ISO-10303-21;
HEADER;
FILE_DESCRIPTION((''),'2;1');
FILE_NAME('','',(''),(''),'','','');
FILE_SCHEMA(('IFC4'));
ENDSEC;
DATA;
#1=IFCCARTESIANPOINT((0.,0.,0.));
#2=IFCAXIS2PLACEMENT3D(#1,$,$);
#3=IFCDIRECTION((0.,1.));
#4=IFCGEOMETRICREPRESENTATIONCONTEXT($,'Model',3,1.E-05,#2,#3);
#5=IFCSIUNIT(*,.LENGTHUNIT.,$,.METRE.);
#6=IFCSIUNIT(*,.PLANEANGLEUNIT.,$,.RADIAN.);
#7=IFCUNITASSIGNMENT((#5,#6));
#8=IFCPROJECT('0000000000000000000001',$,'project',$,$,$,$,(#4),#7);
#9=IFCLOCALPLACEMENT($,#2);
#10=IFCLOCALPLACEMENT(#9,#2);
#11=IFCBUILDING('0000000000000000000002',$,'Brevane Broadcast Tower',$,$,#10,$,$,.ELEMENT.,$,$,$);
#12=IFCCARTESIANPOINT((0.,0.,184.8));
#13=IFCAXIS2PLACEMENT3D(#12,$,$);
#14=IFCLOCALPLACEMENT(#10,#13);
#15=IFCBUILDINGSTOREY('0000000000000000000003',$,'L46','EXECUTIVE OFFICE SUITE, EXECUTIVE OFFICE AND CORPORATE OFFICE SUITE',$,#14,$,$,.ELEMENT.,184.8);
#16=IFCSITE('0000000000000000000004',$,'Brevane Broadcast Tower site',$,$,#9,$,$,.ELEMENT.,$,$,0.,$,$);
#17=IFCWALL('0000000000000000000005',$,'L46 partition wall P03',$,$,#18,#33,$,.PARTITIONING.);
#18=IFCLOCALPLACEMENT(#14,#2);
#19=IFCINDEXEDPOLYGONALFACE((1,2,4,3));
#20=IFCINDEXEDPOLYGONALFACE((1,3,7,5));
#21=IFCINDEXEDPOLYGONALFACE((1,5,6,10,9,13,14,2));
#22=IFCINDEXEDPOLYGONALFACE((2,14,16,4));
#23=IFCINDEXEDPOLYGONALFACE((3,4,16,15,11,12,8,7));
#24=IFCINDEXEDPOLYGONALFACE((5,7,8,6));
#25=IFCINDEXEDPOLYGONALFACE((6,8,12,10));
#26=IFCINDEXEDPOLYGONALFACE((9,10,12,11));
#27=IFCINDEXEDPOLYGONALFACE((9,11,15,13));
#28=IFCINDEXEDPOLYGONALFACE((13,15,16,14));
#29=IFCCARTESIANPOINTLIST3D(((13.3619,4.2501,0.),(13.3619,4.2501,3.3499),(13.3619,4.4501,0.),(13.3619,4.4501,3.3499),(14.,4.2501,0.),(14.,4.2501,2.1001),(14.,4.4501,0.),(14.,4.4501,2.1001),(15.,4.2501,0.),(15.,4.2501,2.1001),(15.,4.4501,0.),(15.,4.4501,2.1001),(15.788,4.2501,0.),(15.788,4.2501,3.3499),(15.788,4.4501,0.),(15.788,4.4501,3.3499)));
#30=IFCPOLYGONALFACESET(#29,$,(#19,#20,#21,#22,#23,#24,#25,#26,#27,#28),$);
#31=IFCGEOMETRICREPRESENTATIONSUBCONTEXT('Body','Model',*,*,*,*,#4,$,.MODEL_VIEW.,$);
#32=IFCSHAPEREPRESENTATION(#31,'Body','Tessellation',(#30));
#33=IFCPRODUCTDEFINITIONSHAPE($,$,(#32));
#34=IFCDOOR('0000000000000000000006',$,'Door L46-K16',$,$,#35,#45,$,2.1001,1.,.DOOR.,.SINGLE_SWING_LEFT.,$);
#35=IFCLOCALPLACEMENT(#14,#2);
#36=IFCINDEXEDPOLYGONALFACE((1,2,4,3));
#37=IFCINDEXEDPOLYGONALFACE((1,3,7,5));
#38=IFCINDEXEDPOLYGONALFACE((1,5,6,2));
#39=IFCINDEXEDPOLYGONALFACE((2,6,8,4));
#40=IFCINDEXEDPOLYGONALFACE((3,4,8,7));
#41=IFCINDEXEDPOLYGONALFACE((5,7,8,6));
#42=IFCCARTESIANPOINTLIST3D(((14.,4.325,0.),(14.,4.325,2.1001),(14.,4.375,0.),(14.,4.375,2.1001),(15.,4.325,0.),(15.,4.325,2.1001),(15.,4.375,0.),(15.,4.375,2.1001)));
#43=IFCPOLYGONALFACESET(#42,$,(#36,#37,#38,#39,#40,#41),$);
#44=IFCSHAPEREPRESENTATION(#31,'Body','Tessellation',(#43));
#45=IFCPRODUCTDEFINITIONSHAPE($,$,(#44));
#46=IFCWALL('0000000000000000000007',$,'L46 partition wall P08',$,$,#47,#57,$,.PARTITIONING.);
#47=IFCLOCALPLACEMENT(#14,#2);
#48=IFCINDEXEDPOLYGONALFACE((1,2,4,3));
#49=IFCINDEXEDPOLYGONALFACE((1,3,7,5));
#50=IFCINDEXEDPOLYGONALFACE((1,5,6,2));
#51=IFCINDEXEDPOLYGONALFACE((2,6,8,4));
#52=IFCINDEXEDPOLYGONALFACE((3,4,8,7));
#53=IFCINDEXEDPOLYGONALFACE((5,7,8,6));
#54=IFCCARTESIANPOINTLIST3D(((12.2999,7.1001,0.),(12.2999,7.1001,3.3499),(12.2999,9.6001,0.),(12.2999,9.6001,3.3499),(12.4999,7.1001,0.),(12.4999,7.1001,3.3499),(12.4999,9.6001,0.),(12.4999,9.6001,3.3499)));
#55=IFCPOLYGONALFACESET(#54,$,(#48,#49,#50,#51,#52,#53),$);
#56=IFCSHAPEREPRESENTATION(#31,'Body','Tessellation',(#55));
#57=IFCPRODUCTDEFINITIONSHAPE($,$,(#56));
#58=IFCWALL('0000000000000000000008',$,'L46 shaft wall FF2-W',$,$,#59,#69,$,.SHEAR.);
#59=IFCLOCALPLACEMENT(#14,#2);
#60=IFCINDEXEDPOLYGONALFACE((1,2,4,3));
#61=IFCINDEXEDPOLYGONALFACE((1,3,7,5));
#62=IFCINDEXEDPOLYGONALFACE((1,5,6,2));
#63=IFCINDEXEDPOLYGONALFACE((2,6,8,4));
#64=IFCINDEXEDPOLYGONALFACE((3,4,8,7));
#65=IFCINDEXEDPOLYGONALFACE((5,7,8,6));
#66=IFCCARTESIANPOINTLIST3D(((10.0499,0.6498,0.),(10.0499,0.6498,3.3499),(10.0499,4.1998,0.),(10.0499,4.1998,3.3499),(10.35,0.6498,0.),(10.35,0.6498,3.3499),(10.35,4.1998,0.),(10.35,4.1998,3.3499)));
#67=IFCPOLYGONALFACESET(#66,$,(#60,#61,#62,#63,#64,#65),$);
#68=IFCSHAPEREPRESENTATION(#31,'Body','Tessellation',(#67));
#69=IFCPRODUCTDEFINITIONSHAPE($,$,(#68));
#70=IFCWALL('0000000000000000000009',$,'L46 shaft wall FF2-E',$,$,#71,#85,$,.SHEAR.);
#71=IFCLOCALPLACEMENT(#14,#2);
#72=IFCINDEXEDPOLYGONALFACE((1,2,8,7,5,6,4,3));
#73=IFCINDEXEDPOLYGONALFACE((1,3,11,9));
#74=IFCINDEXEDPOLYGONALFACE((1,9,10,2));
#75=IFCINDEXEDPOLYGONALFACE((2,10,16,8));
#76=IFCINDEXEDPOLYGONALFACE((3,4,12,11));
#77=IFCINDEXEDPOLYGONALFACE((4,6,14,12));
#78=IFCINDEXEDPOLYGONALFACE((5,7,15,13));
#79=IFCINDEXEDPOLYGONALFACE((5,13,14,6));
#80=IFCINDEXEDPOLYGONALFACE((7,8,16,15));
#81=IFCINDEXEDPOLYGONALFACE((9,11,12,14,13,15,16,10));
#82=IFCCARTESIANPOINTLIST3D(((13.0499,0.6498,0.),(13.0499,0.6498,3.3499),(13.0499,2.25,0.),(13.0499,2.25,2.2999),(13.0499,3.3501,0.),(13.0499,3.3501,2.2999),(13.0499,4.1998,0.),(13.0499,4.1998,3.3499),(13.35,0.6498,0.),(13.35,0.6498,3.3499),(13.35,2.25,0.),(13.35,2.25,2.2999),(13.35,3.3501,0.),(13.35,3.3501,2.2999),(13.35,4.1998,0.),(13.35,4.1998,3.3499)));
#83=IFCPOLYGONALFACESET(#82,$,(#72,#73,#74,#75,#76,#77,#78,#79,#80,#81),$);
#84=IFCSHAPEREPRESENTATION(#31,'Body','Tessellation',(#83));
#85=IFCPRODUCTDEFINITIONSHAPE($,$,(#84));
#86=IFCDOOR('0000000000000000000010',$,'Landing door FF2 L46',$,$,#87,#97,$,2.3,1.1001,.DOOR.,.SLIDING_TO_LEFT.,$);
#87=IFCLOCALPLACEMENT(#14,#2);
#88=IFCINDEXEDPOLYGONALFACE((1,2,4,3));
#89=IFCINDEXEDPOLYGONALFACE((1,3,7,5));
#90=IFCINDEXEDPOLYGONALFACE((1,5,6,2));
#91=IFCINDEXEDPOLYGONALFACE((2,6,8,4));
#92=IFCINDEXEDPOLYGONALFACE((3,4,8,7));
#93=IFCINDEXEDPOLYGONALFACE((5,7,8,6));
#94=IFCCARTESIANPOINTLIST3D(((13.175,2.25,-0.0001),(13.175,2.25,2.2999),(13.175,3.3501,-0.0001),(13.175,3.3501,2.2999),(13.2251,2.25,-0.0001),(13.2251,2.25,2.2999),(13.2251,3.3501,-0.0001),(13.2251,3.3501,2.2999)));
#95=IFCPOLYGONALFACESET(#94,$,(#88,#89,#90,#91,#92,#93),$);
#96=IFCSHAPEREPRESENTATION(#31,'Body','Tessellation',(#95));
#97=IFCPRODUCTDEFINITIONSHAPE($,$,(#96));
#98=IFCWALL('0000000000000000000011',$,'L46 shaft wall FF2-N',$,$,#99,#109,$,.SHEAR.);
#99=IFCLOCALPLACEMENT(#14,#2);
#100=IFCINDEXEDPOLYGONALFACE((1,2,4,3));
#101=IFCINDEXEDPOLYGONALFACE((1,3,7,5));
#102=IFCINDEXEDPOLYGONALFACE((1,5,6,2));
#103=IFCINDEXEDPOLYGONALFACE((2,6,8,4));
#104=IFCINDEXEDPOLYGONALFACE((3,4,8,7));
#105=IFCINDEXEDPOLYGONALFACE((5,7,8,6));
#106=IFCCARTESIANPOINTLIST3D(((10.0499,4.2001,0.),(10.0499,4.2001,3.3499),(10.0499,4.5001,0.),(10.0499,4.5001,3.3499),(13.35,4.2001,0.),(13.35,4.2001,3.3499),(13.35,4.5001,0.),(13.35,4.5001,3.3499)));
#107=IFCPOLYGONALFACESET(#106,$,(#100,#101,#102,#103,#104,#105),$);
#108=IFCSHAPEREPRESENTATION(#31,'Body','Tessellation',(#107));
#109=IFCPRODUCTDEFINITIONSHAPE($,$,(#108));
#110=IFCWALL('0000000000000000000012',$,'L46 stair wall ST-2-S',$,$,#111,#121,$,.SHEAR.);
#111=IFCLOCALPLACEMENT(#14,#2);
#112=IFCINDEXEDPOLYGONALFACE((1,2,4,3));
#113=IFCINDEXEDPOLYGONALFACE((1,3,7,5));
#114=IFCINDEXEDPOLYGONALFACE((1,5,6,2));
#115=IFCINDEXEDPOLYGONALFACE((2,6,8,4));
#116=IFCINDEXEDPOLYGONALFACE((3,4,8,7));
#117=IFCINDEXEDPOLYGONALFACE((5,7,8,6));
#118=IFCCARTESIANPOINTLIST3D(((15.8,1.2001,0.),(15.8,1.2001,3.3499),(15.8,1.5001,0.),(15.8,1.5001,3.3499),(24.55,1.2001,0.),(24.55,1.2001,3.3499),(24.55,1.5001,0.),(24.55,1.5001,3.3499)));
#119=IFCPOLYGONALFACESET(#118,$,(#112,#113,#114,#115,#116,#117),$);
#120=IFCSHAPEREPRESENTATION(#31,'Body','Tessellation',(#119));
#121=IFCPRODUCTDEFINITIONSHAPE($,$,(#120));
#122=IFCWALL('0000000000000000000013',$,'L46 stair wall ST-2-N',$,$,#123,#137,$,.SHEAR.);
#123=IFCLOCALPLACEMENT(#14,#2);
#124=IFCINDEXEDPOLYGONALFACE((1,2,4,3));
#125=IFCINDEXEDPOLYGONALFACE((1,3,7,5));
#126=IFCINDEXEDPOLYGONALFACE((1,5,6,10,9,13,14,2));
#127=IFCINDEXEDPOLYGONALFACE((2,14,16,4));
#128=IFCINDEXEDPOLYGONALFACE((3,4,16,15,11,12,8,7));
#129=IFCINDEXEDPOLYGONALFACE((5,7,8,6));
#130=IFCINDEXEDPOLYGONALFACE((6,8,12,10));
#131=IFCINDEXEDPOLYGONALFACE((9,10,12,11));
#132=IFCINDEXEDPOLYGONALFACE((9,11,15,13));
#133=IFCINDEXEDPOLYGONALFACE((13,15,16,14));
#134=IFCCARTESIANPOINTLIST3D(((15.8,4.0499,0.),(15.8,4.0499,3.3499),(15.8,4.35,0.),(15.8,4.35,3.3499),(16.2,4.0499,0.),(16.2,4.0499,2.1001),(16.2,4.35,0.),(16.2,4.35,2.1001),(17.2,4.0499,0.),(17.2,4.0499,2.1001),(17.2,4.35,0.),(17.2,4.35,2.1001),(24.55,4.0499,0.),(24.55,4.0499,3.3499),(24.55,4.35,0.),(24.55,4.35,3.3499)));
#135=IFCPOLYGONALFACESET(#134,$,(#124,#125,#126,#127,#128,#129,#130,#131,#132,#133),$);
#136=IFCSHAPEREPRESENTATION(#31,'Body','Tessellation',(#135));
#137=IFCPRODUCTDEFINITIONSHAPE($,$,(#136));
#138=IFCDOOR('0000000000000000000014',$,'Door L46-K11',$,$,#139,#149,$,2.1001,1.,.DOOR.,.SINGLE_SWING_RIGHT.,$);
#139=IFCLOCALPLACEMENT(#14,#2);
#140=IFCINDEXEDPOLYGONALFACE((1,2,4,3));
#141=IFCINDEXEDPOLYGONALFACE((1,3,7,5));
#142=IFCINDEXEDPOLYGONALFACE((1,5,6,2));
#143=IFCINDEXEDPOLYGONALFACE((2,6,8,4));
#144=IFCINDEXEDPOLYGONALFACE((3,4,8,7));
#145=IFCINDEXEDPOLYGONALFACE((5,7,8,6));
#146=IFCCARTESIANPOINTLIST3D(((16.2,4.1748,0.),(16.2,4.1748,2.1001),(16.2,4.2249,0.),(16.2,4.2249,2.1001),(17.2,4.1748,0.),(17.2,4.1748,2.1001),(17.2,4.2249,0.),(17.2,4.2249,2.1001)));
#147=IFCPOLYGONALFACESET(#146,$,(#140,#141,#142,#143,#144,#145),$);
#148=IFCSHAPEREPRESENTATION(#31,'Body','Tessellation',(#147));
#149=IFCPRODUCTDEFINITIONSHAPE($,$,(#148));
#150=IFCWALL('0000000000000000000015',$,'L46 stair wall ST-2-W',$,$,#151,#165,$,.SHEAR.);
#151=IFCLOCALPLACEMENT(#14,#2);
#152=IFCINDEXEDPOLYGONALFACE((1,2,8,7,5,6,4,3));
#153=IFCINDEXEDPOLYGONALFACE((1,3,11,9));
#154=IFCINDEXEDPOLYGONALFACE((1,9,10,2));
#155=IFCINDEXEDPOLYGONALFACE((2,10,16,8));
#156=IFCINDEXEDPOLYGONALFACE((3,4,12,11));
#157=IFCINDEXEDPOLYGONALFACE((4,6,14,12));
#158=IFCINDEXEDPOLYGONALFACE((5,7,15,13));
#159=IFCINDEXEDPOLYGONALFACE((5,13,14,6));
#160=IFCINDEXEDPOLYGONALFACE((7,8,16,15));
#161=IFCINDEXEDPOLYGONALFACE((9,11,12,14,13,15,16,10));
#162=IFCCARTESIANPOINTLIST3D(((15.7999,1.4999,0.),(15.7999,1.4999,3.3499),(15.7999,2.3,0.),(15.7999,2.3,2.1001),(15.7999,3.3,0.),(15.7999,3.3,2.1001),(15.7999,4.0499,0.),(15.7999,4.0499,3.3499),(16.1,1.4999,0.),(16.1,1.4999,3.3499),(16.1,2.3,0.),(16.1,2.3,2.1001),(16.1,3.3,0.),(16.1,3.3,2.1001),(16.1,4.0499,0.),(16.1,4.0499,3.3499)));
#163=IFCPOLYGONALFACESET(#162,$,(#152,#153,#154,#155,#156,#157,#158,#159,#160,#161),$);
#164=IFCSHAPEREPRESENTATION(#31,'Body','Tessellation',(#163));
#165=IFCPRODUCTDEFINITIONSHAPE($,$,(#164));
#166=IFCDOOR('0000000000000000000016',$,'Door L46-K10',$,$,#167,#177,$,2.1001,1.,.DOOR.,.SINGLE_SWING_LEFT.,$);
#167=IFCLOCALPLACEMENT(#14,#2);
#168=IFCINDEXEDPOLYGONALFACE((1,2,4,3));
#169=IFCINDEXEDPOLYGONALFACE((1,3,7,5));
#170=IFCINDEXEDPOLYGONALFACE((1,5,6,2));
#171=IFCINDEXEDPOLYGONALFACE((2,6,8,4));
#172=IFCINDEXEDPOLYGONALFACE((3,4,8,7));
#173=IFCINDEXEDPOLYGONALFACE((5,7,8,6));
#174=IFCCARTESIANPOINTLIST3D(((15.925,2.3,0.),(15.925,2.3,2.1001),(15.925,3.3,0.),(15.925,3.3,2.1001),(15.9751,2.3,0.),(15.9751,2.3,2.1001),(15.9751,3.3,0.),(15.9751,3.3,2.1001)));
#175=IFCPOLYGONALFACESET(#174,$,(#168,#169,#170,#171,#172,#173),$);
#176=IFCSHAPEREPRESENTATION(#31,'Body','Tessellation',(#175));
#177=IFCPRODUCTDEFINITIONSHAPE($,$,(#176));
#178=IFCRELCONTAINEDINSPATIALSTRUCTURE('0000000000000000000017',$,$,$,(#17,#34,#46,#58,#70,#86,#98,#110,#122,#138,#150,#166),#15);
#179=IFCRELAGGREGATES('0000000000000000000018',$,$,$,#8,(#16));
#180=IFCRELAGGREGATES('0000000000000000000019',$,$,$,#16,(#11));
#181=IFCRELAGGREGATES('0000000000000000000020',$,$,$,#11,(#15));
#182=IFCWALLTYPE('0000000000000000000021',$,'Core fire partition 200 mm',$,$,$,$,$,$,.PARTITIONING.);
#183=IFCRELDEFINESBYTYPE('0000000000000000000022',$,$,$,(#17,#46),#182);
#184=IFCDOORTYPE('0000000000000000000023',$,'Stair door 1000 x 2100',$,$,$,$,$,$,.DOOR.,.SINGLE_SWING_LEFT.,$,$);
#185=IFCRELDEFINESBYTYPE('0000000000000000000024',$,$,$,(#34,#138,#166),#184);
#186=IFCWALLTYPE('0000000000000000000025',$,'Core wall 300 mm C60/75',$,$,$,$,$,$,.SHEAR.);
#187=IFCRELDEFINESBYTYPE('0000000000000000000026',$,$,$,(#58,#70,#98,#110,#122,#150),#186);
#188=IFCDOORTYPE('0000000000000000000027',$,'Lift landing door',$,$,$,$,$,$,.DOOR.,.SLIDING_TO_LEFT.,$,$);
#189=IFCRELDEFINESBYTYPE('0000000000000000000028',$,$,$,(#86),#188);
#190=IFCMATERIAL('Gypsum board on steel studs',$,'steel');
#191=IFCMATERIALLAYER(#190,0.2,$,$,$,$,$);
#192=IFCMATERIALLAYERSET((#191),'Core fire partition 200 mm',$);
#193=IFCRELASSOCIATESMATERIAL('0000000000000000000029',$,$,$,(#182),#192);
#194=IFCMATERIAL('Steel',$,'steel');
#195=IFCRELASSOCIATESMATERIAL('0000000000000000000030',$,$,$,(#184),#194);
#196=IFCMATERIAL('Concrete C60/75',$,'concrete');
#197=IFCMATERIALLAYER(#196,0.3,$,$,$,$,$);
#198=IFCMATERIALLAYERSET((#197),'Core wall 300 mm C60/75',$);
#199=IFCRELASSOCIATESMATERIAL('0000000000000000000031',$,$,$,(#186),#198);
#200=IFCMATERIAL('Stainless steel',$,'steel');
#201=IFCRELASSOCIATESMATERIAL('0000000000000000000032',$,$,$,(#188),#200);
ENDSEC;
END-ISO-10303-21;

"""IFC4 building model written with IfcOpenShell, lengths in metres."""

from ifc_helpers import new_model, si_unit, direction, frame, frame_2d, origin, place, context, subcontext, project, spatial, rectangle, extrude, material, layer, layer_set, type_object, element, fill, save


model = new_model("IFC4")

# Units and contexts
model_context = context("Model", 3, precision=1e-05, world=origin(), true_north=direction((0.0, 1.0)))
body_context = subcontext(model_context, "Body", "Model", "MODEL_VIEW")
ifc_project = project(units=[si_unit("LENGTHUNIT", "METRE"), si_unit("PLANEANGLEUNIT", "RADIAN")], contexts=[model_context])

# Site, building, storey
site_placement = place(None, origin())
site = spatial("IfcSite", under=ifc_project, at=site_placement, Name="Brevane Broadcast Tower site", CompositionType="ELEMENT", RefElevation=0.0)
building_placement = place(site_placement, origin())
building = spatial("IfcBuilding", under=site, at=building_placement, Name="Brevane Broadcast Tower", CompositionType="ELEMENT")
storey_placement = place(building_placement, frame((0.0, 0.0, 184.8)))
storey = spatial("IfcBuildingStorey", under=building, at=storey_placement, Name="L46", Description="EXECUTIVE OFFICE SUITE, EXECUTIVE OFFICE AND CORPORATE OFFICE SUITE", CompositionType="ELEMENT", Elevation=184.8)

# Shared definitions
ifc_material_1 = material(Name="Gypsum board on steel studs", Category="steel")

# Wall, opening, door
ifc_layer_1 = layer(ifc_material_1, 0.2)
ifc_layer_set_1 = layer_set([ifc_layer_1], Name="Core fire partition 200 mm")
wall_type_1 = type_object("IfcWallType", Name="Core fire partition 200 mm", PredefinedType="PARTITIONING", material=ifc_layer_set_1)
wall_1_placement = place(storey_placement, frame((13.3621, 4.3501, 0.0), z_axis=(0.0, 0.0, 1.0), x_axis=(1.0, 0.0, 0.0)))
wall_1 = element("IfcWall", 1, at=wall_1_placement, inside=storey, type_object=wall_type_1, Name="L46 partition wall P03", PredefinedType="PARTITIONING", context=body_context, shape_type="SweptSolid", body=[
    extrude(rectangle(XDim=2.426, YDim=0.2, at=frame_2d((1.2129, 0.0))), origin(), (0.0, 0.0, 1.0), 3.3499),
])
opening_1_placement = place(wall_1_placement, frame((0.6379, 0.0, 0.0)))
opening_1 = element("IfcOpeningElement", 2, at=opening_1_placement, cuts=wall_1, PredefinedType="OPENING", context=body_context, shape_type="SweptSolid", body=[
    extrude(rectangle(XDim=1.0, YDim=2.1001, at=frame_2d((0.5, 1.05))), frame((0.0, 0.1099, 0.0), z_axis=(0.0, -1.0, 0.0), x_axis=(1.0, 0.0, 0.0)), (0.0, 0.0, 1.0), 0.22),
])
ifc_material_2 = material(Name="Steel", Category="steel")
door_type_1 = type_object("IfcDoorType", Name="Stair door 1000 x 2100", OperationType="SINGLE_SWING_LEFT", PredefinedType="DOOR", material=ifc_material_2)
door_1_placement = place(opening_1_placement, origin())
door_1 = element("IfcDoor", 3, at=door_1_placement, inside=storey, type_object=door_type_1, Name="Door L46-K16", OperationType="SINGLE_SWING_LEFT", OverallHeight=2.1001, OverallWidth=1.0, PredefinedType="DOOR", context=body_context, shape_type="SweptSolid", body=[
    extrude(rectangle(XDim=1.0, YDim=2.1001, at=frame_2d((0.5, 1.05))), frame((0.0, 0.0249, 0.0), z_axis=(0.0, -1.0, 0.0), x_axis=(1.0, 0.0, 0.0)), (0.0, 0.0, 1.0), 0.05),
])
fill(opening_1, door_1)

# Walls
wall_2_placement = place(storey_placement, frame((12.3999, 7.1001, 0.0), z_axis=(0.0, 0.0, 1.0), x_axis=(0.0, 1.0, 0.0)))
element("IfcWall", 4, at=wall_2_placement, inside=storey, type_object=wall_type_1, Name="L46 partition wall P08", PredefinedType="PARTITIONING", context=body_context, shape_type="SweptSolid", body=[
    extrude(rectangle(XDim=2.5, YDim=0.2, at=frame_2d((1.25, 0.0))), origin(), (0.0, 0.0, 1.0), 3.3499),
])
ifc_material_3 = material(Name="Concrete C60/75", Category="concrete")
ifc_layer_2 = layer(ifc_material_3, 0.3)
ifc_layer_set_2 = layer_set([ifc_layer_2], Name="Core wall 300 mm C60/75")
wall_type_2 = type_object("IfcWallType", Name="Core wall 300 mm C60/75", PredefinedType="SHEAR", material=ifc_layer_set_2)
wall_3_placement = place(storey_placement, frame((10.2, 0.6499, 0.0), z_axis=(0.0, 0.0, 1.0), x_axis=(0.0, 1.0, 0.0)))
element("IfcWall", 5, at=wall_3_placement, inside=storey, type_object=wall_type_2, Name="L46 shaft wall FF2-W", PredefinedType="SHEAR", context=body_context, shape_type="SweptSolid", body=[
    extrude(rectangle(XDim=3.55, YDim=0.3, at=frame_2d((1.7749, 0.0))), origin(), (0.0, 0.0, 1.0), 3.3499),
])

# Wall, opening, door
wall_4_placement = place(storey_placement, frame((13.2, 0.6499, 0.0), z_axis=(0.0, 0.0, 1.0), x_axis=(0.0, 1.0, 0.0)))
wall_4 = element("IfcWall", 6, at=wall_4_placement, inside=storey, type_object=wall_type_2, Name="L46 shaft wall FF2-E", PredefinedType="SHEAR", context=body_context, shape_type="SweptSolid", body=[
    extrude(rectangle(XDim=3.55, YDim=0.3, at=frame_2d((1.7749, 0.0))), origin(), (0.0, 0.0, 1.0), 3.3499),
])
opening_2_placement = place(wall_4_placement, frame((1.6001, 0.0, 0.0)))
opening_2 = element("IfcOpeningElement", 7, at=opening_2_placement, cuts=wall_4, PredefinedType="OPENING", context=body_context, shape_type="SweptSolid", body=[
    extrude(rectangle(XDim=1.1001, YDim=2.3, at=frame_2d((0.55, 1.1499))), frame((0.0, 0.1599, 0.0), z_axis=(0.0, -1.0, 0.0), x_axis=(1.0, 0.0, 0.0)), (0.0, 0.0, 1.0), 0.3201),
])
ifc_material_4 = material(Name="Stainless steel", Category="steel")
door_type_2 = type_object("IfcDoorType", Name="Lift landing door", OperationType="SLIDING_TO_LEFT", PredefinedType="DOOR", material=ifc_material_4)
door_2_placement = place(opening_2_placement, origin())
door_2 = element("IfcDoor", 8, at=door_2_placement, inside=storey, type_object=door_type_2, Name="Landing door FF2 L46", OperationType="SLIDING_TO_LEFT", OverallHeight=2.3, OverallWidth=1.1001, PredefinedType="DOOR", context=body_context, shape_type="SweptSolid", body=[
    extrude(rectangle(XDim=1.1001, YDim=2.3, at=frame_2d((0.55, 1.1499))), frame((0.0, 0.0249, 0.0), z_axis=(0.0, -1.0, 0.0), x_axis=(1.0, 0.0, 0.0)), (0.0, 0.0, 1.0), 0.05),
])
fill(opening_2, door_2)

# Walls
wall_5_placement = place(storey_placement, frame((10.05, 4.3501, 0.0), z_axis=(0.0, 0.0, 1.0), x_axis=(1.0, 0.0, 0.0)))
element("IfcWall", 9, at=wall_5_placement, inside=storey, type_object=wall_type_2, Name="L46 shaft wall FF2-N", PredefinedType="SHEAR", context=body_context, shape_type="SweptSolid", body=[
    extrude(rectangle(XDim=3.3, YDim=0.3, at=frame_2d((1.6499, 0.0))), origin(), (0.0, 0.0, 1.0), 3.3499),
])
wall_6_placement = place(storey_placement, frame((15.8, 1.3501, 0.0), z_axis=(0.0, 0.0, 1.0), x_axis=(1.0, 0.0, 0.0)))
element("IfcWall", 10, at=wall_6_placement, inside=storey, type_object=wall_type_2, Name="L46 stair wall ST-2-S", PredefinedType="SHEAR", context=body_context, shape_type="SweptSolid", body=[
    extrude(rectangle(XDim=8.75, YDim=0.3, at=frame_2d((4.375, 0.0))), origin(), (0.0, 0.0, 1.0), 3.3499),
])

# Walls, openings, doors
wall_7_placement = place(storey_placement, frame((15.8, 4.2, 0.0), z_axis=(0.0, 0.0, 1.0), x_axis=(1.0, 0.0, 0.0)))
wall_7 = element("IfcWall", 11, at=wall_7_placement, inside=storey, type_object=wall_type_2, Name="L46 stair wall ST-2-N", PredefinedType="SHEAR", context=body_context, shape_type="SweptSolid", body=[
    extrude(rectangle(XDim=8.75, YDim=0.3, at=frame_2d((4.375, 0.0))), origin(), (0.0, 0.0, 1.0), 3.3499),
])
opening_3_placement = place(wall_7_placement, frame((0.3999, 0.0, 0.0)))
opening_3 = element("IfcOpeningElement", 12, at=opening_3_placement, cuts=wall_7, PredefinedType="OPENING", context=body_context, shape_type="SweptSolid", body=[
    extrude(rectangle(XDim=1.0, YDim=2.1001, at=frame_2d((0.5, 1.05))), frame((0.0, 0.1599, 0.0), z_axis=(0.0, -1.0, 0.0), x_axis=(1.0, 0.0, 0.0)), (0.0, 0.0, 1.0), 0.3201),
])
door_3_placement = place(opening_3_placement, origin())
door_3 = element("IfcDoor", 13, at=door_3_placement, inside=storey, type_object=door_type_1, Name="Door L46-K11", OperationType="SINGLE_SWING_RIGHT", OverallHeight=2.1001, OverallWidth=1.0, PredefinedType="DOOR", context=body_context, shape_type="SweptSolid", body=[
    extrude(rectangle(XDim=1.0, YDim=2.1001, at=frame_2d((0.5, 1.05))), frame((0.0, 0.0249, 0.0), z_axis=(0.0, -1.0, 0.0), x_axis=(1.0, 0.0, 0.0)), (0.0, 0.0, 1.0), 0.05),
])
fill(opening_3, door_3)
wall_8_placement = place(storey_placement, frame((15.95, 1.5, 0.0), z_axis=(0.0, 0.0, 1.0), x_axis=(0.0, 1.0, 0.0)))
wall_8 = element("IfcWall", 14, at=wall_8_placement, inside=storey, type_object=wall_type_2, Name="L46 stair wall ST-2-W", PredefinedType="SHEAR", context=body_context, shape_type="SweptSolid", body=[
    extrude(rectangle(XDim=2.55, YDim=0.3, at=frame_2d((1.2749, 0.0))), origin(), (0.0, 0.0, 1.0), 3.3499),
])
opening_4_placement = place(wall_8_placement, frame((0.8, 0.0, 0.0)))
opening_4 = element("IfcOpeningElement", 15, at=opening_4_placement, cuts=wall_8, PredefinedType="OPENING", context=body_context, shape_type="SweptSolid", body=[
    extrude(rectangle(XDim=1.0, YDim=2.1001, at=frame_2d((0.5, 1.05))), frame((0.0, 0.1599, 0.0), z_axis=(0.0, -1.0, 0.0), x_axis=(1.0, 0.0, 0.0)), (0.0, 0.0, 1.0), 0.3201),
])
door_4_placement = place(opening_4_placement, origin())
door_4 = element("IfcDoor", 16, at=door_4_placement, inside=storey, type_object=door_type_1, Name="Door L46-K10", OperationType="SINGLE_SWING_LEFT", OverallHeight=2.1001, OverallWidth=1.0, PredefinedType="DOOR", context=body_context, shape_type="SweptSolid", body=[
    extrude(rectangle(XDim=1.0, YDim=2.1001, at=frame_2d((0.5, 1.05))), frame((0.0, 0.0249, 0.0), z_axis=(0.0, -1.0, 0.0), x_axis=(1.0, 0.0, 0.0)), (0.0, 0.0, 1.0), 0.05),
])
fill(opening_4, door_4)

save(model, "model.ifc")
